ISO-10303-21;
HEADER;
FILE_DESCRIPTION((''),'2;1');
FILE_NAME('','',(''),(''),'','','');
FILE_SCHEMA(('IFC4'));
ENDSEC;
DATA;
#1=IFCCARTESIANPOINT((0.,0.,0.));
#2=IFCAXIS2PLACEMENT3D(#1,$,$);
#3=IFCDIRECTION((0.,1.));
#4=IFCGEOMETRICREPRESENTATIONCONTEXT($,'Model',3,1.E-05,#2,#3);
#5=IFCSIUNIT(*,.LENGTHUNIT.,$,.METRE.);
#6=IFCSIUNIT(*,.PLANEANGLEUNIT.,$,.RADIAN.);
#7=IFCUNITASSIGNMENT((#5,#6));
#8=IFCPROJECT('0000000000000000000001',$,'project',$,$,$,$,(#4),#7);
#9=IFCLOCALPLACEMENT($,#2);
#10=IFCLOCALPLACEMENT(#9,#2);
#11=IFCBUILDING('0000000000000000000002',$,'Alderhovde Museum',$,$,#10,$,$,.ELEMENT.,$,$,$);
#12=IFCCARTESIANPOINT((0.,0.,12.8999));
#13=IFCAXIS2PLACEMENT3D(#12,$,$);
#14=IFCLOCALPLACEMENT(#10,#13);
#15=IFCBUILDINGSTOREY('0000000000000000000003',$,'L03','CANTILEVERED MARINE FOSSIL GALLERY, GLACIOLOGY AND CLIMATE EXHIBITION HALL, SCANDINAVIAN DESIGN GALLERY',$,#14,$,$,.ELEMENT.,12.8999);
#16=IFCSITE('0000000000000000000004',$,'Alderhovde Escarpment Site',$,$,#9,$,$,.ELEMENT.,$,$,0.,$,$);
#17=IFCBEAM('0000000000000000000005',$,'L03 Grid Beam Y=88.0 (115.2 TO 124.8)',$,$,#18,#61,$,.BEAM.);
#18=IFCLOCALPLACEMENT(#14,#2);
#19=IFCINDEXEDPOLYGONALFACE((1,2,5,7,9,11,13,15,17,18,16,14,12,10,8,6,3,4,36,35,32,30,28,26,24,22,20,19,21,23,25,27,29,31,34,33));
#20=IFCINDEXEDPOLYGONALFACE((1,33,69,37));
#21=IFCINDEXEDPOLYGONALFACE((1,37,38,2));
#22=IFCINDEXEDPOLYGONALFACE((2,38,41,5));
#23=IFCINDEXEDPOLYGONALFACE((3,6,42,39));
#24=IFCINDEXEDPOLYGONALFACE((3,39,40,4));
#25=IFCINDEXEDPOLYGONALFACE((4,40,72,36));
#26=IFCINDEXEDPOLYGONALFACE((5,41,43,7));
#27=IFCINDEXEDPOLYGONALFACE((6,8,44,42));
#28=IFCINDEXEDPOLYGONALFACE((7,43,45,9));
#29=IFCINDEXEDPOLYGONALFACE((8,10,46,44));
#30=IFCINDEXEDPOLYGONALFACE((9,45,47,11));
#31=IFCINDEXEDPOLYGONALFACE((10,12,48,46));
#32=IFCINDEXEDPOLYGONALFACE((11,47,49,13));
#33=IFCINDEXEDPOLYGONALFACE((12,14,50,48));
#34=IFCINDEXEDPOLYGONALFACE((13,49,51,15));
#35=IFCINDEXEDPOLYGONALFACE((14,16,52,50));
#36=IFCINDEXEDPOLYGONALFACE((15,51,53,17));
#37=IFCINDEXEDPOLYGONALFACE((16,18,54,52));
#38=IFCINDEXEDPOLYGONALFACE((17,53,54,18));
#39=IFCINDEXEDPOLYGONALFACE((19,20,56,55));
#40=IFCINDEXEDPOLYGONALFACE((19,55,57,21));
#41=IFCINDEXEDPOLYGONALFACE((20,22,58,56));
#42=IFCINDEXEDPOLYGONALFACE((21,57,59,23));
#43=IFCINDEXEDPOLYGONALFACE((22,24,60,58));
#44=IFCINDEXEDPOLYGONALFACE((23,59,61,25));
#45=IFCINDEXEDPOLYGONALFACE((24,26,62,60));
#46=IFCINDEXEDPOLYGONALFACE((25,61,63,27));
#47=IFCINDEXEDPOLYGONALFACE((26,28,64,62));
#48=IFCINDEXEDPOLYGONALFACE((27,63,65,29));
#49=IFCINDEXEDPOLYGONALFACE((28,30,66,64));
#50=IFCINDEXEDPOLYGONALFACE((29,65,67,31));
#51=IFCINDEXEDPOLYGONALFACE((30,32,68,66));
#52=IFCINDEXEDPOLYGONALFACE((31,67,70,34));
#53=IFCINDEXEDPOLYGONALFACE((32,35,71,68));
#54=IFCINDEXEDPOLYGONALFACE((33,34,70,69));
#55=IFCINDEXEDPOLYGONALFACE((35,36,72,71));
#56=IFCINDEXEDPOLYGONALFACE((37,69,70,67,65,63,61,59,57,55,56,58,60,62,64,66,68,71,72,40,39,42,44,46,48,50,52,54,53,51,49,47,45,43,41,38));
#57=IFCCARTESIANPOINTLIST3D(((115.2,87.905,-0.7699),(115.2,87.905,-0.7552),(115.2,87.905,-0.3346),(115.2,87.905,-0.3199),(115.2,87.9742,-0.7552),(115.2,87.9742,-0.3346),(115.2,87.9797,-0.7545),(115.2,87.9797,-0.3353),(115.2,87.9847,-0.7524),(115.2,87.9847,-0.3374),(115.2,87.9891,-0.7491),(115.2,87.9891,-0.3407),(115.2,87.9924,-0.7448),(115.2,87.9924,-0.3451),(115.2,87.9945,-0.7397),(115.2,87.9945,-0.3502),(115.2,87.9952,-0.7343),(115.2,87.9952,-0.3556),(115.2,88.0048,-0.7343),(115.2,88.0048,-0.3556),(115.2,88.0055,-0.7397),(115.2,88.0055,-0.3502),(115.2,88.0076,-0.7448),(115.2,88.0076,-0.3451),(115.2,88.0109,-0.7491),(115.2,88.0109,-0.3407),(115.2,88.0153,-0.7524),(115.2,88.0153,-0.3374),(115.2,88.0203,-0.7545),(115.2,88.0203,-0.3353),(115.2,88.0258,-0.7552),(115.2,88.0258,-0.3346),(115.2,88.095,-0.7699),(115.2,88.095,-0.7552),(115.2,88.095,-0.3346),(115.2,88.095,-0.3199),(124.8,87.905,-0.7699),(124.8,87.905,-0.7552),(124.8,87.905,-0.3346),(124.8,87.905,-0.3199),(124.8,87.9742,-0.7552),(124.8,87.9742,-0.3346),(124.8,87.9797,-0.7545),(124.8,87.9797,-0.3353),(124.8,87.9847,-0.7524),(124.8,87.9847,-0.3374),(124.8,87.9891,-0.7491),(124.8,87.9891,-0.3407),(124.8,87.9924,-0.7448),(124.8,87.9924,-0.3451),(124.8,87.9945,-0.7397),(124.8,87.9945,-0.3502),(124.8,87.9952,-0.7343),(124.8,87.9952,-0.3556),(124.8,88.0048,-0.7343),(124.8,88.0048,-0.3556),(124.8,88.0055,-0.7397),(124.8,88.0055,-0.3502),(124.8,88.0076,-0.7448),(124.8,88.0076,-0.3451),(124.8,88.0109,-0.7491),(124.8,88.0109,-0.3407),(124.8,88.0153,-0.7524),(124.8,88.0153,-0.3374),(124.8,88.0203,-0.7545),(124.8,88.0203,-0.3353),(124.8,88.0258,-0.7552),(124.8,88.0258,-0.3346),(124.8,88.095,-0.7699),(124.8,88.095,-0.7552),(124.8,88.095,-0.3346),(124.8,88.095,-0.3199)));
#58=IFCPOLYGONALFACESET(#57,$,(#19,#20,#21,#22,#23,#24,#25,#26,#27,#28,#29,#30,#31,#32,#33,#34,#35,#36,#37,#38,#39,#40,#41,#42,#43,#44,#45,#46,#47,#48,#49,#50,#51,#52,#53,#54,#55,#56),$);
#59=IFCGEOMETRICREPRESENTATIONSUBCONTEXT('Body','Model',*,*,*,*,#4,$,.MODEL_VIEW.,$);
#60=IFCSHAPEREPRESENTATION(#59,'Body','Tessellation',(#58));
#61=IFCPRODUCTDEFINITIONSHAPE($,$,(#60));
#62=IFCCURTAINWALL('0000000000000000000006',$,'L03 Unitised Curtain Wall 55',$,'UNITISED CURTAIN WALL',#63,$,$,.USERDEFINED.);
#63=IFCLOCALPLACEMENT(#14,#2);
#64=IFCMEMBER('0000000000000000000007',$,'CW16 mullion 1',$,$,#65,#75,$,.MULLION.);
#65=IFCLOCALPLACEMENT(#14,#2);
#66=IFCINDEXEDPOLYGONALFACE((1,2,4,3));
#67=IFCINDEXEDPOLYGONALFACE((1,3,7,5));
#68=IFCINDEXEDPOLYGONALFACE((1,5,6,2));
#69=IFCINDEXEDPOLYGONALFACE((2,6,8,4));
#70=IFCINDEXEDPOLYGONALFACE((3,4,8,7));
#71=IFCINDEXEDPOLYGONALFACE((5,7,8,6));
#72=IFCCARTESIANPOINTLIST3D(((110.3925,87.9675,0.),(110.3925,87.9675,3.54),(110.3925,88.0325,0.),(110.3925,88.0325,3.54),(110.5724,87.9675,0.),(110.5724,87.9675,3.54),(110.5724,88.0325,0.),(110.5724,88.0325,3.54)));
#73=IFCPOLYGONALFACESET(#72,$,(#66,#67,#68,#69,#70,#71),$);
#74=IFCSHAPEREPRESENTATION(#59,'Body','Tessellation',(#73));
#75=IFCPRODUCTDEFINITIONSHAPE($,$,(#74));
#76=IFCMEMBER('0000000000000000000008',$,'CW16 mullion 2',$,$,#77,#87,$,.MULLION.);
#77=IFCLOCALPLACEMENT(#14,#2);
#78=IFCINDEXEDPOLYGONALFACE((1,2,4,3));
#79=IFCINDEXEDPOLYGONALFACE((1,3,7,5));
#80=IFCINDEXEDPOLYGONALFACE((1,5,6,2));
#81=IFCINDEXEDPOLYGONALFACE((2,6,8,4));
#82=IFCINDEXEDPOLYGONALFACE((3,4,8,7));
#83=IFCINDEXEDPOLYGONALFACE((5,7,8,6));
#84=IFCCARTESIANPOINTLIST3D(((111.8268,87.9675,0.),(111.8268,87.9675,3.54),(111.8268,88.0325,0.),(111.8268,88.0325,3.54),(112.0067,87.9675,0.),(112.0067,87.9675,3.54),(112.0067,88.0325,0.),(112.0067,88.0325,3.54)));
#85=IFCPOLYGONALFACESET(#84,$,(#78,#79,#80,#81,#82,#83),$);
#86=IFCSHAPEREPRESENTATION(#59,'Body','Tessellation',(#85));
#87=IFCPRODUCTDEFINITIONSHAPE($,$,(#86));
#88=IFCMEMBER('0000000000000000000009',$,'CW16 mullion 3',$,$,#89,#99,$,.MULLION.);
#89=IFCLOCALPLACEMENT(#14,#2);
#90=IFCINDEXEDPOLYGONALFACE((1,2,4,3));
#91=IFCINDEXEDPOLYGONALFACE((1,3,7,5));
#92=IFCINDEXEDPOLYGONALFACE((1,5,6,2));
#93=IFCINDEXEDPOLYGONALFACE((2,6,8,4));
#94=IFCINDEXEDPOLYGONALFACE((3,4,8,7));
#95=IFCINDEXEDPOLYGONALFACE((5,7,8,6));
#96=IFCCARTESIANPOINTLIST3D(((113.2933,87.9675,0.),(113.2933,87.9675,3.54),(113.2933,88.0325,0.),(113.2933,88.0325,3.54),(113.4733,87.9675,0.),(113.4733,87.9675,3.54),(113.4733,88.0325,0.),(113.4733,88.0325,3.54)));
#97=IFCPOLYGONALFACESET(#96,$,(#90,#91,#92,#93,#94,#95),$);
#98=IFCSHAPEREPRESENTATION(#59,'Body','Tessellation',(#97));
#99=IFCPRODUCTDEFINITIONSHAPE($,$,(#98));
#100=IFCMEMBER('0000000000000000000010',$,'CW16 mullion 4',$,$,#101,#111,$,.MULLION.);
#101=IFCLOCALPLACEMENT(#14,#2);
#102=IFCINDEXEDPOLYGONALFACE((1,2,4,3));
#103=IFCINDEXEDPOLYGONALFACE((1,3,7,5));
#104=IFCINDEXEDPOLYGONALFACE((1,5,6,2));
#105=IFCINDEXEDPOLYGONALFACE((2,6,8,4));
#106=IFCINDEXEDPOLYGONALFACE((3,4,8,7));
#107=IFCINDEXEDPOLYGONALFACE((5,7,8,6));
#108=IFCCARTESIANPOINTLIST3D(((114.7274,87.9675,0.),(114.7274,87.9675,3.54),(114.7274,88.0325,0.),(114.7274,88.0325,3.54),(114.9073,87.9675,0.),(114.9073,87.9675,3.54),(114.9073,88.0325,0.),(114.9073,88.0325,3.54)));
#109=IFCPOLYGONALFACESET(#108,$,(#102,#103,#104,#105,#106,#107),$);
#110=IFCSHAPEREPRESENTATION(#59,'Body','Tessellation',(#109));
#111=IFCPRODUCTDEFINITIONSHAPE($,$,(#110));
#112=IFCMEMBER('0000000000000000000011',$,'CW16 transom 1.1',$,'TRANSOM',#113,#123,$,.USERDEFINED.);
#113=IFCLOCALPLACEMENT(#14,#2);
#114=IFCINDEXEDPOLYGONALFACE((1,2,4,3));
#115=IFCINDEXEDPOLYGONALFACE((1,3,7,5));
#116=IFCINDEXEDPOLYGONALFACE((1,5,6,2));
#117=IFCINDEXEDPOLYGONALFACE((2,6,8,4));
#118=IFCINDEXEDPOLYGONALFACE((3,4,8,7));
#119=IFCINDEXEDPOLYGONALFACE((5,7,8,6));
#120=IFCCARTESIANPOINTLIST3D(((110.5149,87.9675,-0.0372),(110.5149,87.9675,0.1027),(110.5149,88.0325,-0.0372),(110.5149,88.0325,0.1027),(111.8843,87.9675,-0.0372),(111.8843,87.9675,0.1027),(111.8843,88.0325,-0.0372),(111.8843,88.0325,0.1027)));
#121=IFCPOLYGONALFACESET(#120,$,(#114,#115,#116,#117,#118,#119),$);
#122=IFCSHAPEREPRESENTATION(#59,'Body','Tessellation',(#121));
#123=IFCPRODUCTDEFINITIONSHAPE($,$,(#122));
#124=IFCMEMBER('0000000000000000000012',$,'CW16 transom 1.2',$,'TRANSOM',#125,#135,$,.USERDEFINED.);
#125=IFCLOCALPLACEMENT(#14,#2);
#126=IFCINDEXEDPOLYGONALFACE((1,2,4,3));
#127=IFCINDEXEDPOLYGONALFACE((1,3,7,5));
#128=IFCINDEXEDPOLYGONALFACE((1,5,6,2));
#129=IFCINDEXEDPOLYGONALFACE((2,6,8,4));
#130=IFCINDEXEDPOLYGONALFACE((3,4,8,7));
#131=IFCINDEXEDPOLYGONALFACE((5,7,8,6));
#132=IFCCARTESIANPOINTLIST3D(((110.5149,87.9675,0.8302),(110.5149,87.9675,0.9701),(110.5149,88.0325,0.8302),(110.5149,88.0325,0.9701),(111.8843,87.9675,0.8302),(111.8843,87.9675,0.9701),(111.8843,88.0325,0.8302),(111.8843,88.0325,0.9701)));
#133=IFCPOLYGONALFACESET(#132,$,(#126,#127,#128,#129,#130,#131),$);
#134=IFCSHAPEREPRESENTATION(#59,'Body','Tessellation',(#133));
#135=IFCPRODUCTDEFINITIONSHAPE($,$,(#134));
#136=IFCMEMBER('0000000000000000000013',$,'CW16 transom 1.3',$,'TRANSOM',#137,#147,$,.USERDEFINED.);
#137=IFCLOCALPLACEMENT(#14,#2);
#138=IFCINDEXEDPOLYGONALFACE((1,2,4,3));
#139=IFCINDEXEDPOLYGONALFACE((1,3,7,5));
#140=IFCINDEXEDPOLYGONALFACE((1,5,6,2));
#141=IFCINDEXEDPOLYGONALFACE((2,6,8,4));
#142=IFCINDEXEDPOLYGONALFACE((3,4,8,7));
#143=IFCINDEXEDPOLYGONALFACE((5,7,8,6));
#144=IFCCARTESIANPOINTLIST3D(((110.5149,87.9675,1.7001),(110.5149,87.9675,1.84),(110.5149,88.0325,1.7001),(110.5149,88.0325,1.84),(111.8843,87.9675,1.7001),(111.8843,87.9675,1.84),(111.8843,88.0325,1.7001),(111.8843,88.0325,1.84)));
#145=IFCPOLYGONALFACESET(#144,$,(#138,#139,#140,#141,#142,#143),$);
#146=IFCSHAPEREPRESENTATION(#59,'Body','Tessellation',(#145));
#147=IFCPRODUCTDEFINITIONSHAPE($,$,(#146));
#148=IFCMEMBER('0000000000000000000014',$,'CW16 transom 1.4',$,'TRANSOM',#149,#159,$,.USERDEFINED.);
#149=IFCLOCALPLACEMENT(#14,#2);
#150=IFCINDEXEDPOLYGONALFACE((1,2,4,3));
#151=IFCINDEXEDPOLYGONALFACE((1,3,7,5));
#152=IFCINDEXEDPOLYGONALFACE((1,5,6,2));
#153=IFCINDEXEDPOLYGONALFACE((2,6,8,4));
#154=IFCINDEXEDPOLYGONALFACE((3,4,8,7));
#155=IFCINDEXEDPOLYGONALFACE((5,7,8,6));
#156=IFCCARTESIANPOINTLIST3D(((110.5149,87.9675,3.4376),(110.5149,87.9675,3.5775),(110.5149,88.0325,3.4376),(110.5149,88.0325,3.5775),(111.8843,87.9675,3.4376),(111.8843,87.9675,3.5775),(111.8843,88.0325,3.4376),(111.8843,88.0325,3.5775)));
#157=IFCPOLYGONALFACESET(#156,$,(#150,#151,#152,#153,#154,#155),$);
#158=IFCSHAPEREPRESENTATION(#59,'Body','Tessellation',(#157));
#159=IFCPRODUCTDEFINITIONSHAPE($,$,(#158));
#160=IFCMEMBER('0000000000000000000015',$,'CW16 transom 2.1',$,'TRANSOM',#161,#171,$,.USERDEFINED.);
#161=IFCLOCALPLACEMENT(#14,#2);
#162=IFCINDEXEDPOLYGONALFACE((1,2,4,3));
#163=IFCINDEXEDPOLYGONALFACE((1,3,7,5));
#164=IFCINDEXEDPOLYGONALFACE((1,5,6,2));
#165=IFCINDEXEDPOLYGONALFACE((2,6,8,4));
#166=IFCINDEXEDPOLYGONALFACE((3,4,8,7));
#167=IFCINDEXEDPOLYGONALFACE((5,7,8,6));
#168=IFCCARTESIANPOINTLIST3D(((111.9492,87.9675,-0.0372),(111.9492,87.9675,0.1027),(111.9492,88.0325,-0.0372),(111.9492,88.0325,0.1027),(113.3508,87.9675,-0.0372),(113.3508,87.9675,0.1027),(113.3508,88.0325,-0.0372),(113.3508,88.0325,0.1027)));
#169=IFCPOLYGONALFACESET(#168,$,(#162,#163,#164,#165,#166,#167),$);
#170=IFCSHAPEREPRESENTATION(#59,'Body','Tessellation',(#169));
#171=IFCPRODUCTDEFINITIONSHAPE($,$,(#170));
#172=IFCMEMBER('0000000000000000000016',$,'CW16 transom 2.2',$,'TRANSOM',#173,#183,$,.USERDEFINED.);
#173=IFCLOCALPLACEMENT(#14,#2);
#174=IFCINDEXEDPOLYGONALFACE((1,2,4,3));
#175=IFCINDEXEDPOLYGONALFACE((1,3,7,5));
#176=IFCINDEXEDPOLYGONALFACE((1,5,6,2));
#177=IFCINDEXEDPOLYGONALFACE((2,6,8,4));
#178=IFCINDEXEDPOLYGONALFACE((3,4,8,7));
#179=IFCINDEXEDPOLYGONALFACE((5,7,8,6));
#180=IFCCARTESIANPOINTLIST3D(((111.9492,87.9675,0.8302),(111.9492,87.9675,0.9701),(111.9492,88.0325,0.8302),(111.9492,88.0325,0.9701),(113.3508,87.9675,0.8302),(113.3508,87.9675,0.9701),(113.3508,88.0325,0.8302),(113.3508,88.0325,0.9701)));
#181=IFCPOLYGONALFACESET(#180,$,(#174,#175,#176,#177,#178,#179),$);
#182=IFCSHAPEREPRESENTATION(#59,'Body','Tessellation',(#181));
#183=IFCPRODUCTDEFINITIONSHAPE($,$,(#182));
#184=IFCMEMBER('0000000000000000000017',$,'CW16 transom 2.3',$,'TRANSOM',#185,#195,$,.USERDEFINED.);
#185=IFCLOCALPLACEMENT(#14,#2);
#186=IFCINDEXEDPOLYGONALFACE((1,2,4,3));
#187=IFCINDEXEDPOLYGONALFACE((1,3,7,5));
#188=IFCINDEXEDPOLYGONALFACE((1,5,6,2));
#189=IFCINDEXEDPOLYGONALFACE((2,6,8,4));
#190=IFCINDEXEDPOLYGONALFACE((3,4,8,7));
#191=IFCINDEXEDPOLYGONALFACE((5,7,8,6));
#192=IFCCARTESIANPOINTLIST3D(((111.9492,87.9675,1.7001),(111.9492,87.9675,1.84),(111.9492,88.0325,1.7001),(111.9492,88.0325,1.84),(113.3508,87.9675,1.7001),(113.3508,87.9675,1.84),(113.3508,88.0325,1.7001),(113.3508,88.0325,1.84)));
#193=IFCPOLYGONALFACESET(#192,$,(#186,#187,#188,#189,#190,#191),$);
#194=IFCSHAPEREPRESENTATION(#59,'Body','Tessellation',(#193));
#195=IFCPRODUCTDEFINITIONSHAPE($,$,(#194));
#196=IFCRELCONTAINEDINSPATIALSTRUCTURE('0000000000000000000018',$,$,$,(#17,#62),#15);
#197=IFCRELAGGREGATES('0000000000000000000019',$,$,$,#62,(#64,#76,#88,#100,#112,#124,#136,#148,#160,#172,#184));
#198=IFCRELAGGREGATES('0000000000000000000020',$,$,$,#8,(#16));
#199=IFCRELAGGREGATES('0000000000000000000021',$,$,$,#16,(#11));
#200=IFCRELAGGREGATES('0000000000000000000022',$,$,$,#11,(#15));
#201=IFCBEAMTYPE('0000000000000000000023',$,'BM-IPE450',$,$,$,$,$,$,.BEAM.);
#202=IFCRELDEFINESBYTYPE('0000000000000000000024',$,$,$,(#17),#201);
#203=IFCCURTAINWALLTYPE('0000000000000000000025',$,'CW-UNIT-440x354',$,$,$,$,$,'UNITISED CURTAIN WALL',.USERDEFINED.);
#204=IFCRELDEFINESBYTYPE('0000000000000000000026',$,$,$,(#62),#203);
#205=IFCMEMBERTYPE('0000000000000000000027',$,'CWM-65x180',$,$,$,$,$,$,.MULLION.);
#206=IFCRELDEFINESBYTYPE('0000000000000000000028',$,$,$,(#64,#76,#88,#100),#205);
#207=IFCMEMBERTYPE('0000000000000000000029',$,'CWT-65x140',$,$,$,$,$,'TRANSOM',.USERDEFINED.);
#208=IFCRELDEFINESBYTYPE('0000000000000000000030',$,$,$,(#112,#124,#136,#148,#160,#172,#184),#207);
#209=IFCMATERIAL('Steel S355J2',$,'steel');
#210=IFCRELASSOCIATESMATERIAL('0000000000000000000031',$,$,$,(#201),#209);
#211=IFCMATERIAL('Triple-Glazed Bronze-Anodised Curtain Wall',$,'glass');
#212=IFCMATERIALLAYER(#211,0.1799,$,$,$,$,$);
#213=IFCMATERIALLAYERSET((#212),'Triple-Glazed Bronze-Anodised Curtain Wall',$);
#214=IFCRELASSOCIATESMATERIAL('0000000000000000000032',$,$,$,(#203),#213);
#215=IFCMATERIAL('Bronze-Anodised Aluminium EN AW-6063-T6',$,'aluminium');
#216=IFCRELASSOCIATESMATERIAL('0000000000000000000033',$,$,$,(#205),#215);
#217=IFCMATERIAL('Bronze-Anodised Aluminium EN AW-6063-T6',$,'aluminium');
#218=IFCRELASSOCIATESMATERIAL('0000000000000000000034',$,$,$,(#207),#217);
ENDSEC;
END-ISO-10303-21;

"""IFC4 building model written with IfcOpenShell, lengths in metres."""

from ifc_helpers import new_model, si_unit, direction, frame, origin, origin_2d, place, context, subcontext, project, spatial, rectangle, i_section, extrude, material, layer, layer_set, material_profile, profile_set, type_object, element, aggregate, save


model = new_model("IFC4")

# Units and contexts
model_context = context("Model", 3, precision=1e-05, world=origin(), true_north=direction((0.0, 1.0)))
body_context = subcontext(model_context, "Body", "Model", "MODEL_VIEW")
ifc_project = project(units=[si_unit("LENGTHUNIT", "METRE"), si_unit("PLANEANGLEUNIT", "RADIAN")], contexts=[model_context])

# Site, building, storey
site_placement = place(None, origin())
site = spatial("IfcSite", under=ifc_project, at=site_placement, Name="Alderhovde Escarpment Site", CompositionType="ELEMENT", RefElevation=0.0)
building_placement = place(site_placement, origin())
building = spatial("IfcBuilding", under=site, at=building_placement, Name="Alderhovde Museum", CompositionType="ELEMENT")
storey_placement = place(building_placement, frame((0.0, 0.0, 12.8999)))
storey = spatial("IfcBuildingStorey", under=building, at=storey_placement, Name="L03", Description="CANTILEVERED MARINE FOSSIL GALLERY, GLACIOLOGY AND CLIMATE EXHIBITION HALL, SCANDINAVIAN DESIGN GALLERY", CompositionType="ELEMENT", Elevation=12.8999)

# Beam
ifc_material_1 = material(Name="Steel S355J2", Category="steel")
ifc_material_profile_1 = material_profile(ifc_material_1, i_section(OverallWidth=0.1899, OverallDepth=0.45, WebThickness=0.0095, FlangeThickness=0.0146, FilletRadius=0.021, at=origin_2d()), Name="IPE 450")
ifc_profile_set_1 = profile_set([ifc_material_profile_1], Name="Steel S355J2")
beam_type_1 = type_object("IfcBeamType", Name="BM-IPE450", PredefinedType="BEAM", material=ifc_profile_set_1)
beam_1_placement = place(storey_placement, frame((115.2, 88.0, -0.5449), z_axis=(1.0, 0.0, 0.0), x_axis=(0.0, 1.0, 0.0)))
element("IfcBeam", 1, at=beam_1_placement, inside=storey, type_object=beam_type_1, Name="L03 Grid Beam Y=88.0 (115.2 TO 124.8)", PredefinedType="BEAM", context=body_context, shape_type="SweptSolid", body=[
    extrude(i_section(OverallWidth=0.1899, OverallDepth=0.45, WebThickness=0.0095, FlangeThickness=0.0146, FilletRadius=0.021, at=origin_2d()), origin(), (0.0, 0.0, 1.0), 9.6001),
])

# Curtain wall, members
ifc_material_2 = material(Name="Triple-Glazed Bronze-Anodised Curtain Wall", Category="glass")
ifc_layer_1 = layer(ifc_material_2, 0.1799)
ifc_layer_set_1 = layer_set([ifc_layer_1], Name="Triple-Glazed Bronze-Anodised Curtain Wall")
curtain_wall_type = type_object("IfcCurtainWallType", Name="CW-UNIT-440x354", ElementType="UNITISED CURTAIN WALL", PredefinedType="USERDEFINED", material=ifc_layer_set_1)
curtain_wall_placement = place(storey_placement, origin())
curtain_wall = element("IfcCurtainWall", 2, at=curtain_wall_placement, inside=storey, type_object=curtain_wall_type, Name="L03 Unitised Curtain Wall 55", ObjectType="UNITISED CURTAIN WALL", PredefinedType="USERDEFINED")
ifc_material_3 = material(Name="Bronze-Anodised Aluminium EN AW-6063-T6", Category="aluminium")
ifc_material_profile_2 = material_profile(ifc_material_3, rectangle(XDim=0.0649, YDim=0.1799, at=origin_2d()), Name="MULLION 65x180")
ifc_profile_set_2 = profile_set([ifc_material_profile_2], Name="Bronze-Anodised Aluminium EN AW-6063-T6")
member_type_1 = type_object("IfcMemberType", Name="CWM-65x180", PredefinedType="MULLION", material=ifc_profile_set_2)
member_1_placement = place(storey_placement, frame((110.4824, 88.0, 0.0), z_axis=(0.0, 0.0, 1.0), x_axis=(0.0, 1.0, 0.0)))
member_1 = element("IfcMember", 3, at=member_1_placement, type_object=member_type_1, Name="CW16 mullion 1", PredefinedType="MULLION", context=body_context, shape_type="SweptSolid", body=[
    extrude(rectangle(XDim=0.0649, YDim=0.1799, at=origin_2d()), origin(), (0.0, 0.0, 1.0), 3.54),
])
member_2_placement = place(storey_placement, frame((111.9167, 88.0, 0.0), z_axis=(0.0, 0.0, 1.0), x_axis=(0.0, 1.0, 0.0)))
member_2 = element("IfcMember", 4, at=member_2_placement, type_object=member_type_1, Name="CW16 mullion 2", PredefinedType="MULLION", context=body_context, shape_type="SweptSolid", body=[
    extrude(rectangle(XDim=0.0649, YDim=0.1799, at=origin_2d()), origin(), (0.0, 0.0, 1.0), 3.54),
])
member_3_placement = place(storey_placement, frame((113.3833, 88.0, 0.0), z_axis=(0.0, 0.0, 1.0), x_axis=(0.0, 1.0, 0.0)))
member_3 = element("IfcMember", 5, at=member_3_placement, type_object=member_type_1, Name="CW16 mullion 3", PredefinedType="MULLION", context=body_context, shape_type="SweptSolid", body=[
    extrude(rectangle(XDim=0.0649, YDim=0.1799, at=origin_2d()), origin(), (0.0, 0.0, 1.0), 3.54),
])
member_4_placement = place(storey_placement, frame((114.8174, 88.0, 0.0), z_axis=(0.0, 0.0, 1.0), x_axis=(0.0, 1.0, 0.0)))
member_4 = element("IfcMember", 6, at=member_4_placement, type_object=member_type_1, Name="CW16 mullion 4", PredefinedType="MULLION", context=body_context, shape_type="SweptSolid", body=[
    extrude(rectangle(XDim=0.0649, YDim=0.1799, at=origin_2d()), origin(), (0.0, 0.0, 1.0), 3.54),
])
ifc_material_4 = material(Name="Bronze-Anodised Aluminium EN AW-6063-T6", Category="aluminium")
ifc_material_profile_3 = material_profile(ifc_material_4, rectangle(XDim=0.0649, YDim=0.1399, at=origin_2d()), Name="TRANSOM 65x140")
ifc_profile_set_3 = profile_set([ifc_material_profile_3], Name="Bronze-Anodised Aluminium EN AW-6063-T6")
member_type_2 = type_object("IfcMemberType", Name="CWT-65x140", ElementType="TRANSOM", PredefinedType="USERDEFINED", material=ifc_profile_set_3)
member_5_placement = place(storey_placement, frame((110.5149, 88.0, 0.0327), z_axis=(1.0, 0.0, 0.0), x_axis=(0.0, 1.0, 0.0)))
member_5 = element("IfcMember", 7, at=member_5_placement, type_object=member_type_2, Name="CW16 transom 1.1", ObjectType="TRANSOM", PredefinedType="USERDEFINED", context=body_context, shape_type="SweptSolid", body=[
    extrude(rectangle(XDim=0.0649, YDim=0.1399, at=origin_2d()), origin(), (0.0, 0.0, 1.0), 1.3694),
])
member_6_placement = place(storey_placement, frame((110.5149, 88.0, 0.9001), z_axis=(1.0, 0.0, 0.0), x_axis=(0.0, 1.0, 0.0)))
member_6 = element("IfcMember", 8, at=member_6_placement, type_object=member_type_2, Name="CW16 transom 1.2", ObjectType="TRANSOM", PredefinedType="USERDEFINED", context=body_context, shape_type="SweptSolid", body=[
    extrude(rectangle(XDim=0.0649, YDim=0.1399, at=origin_2d()), origin(), (0.0, 0.0, 1.0), 1.3694),
])
member_7_placement = place(storey_placement, frame((110.5149, 88.0, 1.77), z_axis=(1.0, 0.0, 0.0), x_axis=(0.0, 1.0, 0.0)))
member_7 = element("IfcMember", 9, at=member_7_placement, type_object=member_type_2, Name="CW16 transom 1.3", ObjectType="TRANSOM", PredefinedType="USERDEFINED", context=body_context, shape_type="SweptSolid", body=[
    extrude(rectangle(XDim=0.0649, YDim=0.1399, at=origin_2d()), origin(), (0.0, 0.0, 1.0), 1.3694),
])
member_8_placement = place(storey_placement, frame((110.5149, 88.0, 3.5076), z_axis=(1.0, 0.0, 0.0), x_axis=(0.0, 1.0, 0.0)))
member_8 = element("IfcMember", 10, at=member_8_placement, type_object=member_type_2, Name="CW16 transom 1.4", ObjectType="TRANSOM", PredefinedType="USERDEFINED", context=body_context, shape_type="SweptSolid", body=[
    extrude(rectangle(XDim=0.0649, YDim=0.1399, at=origin_2d()), origin(), (0.0, 0.0, 1.0), 1.3694),
])
member_9_placement = place(storey_placement, frame((111.9492, 88.0, 0.0327), z_axis=(1.0, 0.0, 0.0), x_axis=(0.0, 1.0, 0.0)))
member_9 = element("IfcMember", 11, at=member_9_placement, type_object=member_type_2, Name="CW16 transom 2.1", ObjectType="TRANSOM", PredefinedType="USERDEFINED", context=body_context, shape_type="SweptSolid", body=[
    extrude(rectangle(XDim=0.0649, YDim=0.1399, at=origin_2d()), origin(), (0.0, 0.0, 1.0), 1.4016),
])
member_10_placement = place(storey_placement, frame((111.9492, 88.0, 0.9001), z_axis=(1.0, 0.0, 0.0), x_axis=(0.0, 1.0, 0.0)))
member_10 = element("IfcMember", 12, at=member_10_placement, type_object=member_type_2, Name="CW16 transom 2.2", ObjectType="TRANSOM", PredefinedType="USERDEFINED", context=body_context, shape_type="SweptSolid", body=[
    extrude(rectangle(XDim=0.0649, YDim=0.1399, at=origin_2d()), origin(), (0.0, 0.0, 1.0), 1.4016),
])
member_11_placement = place(storey_placement, frame((111.9492, 88.0, 1.77), z_axis=(1.0, 0.0, 0.0), x_axis=(0.0, 1.0, 0.0)))
member_11 = element("IfcMember", 13, at=member_11_placement, type_object=member_type_2, Name="CW16 transom 2.3", ObjectType="TRANSOM", PredefinedType="USERDEFINED", context=body_context, shape_type="SweptSolid", body=[
    extrude(rectangle(XDim=0.0649, YDim=0.1399, at=origin_2d()), origin(), (0.0, 0.0, 1.0), 1.4016),
])

aggregate(curtain_wall, [member_1, member_2, member_3, member_4, member_5, member_6, member_7, member_8, member_9, member_10, member_11])

save(model, "model.ifc")
